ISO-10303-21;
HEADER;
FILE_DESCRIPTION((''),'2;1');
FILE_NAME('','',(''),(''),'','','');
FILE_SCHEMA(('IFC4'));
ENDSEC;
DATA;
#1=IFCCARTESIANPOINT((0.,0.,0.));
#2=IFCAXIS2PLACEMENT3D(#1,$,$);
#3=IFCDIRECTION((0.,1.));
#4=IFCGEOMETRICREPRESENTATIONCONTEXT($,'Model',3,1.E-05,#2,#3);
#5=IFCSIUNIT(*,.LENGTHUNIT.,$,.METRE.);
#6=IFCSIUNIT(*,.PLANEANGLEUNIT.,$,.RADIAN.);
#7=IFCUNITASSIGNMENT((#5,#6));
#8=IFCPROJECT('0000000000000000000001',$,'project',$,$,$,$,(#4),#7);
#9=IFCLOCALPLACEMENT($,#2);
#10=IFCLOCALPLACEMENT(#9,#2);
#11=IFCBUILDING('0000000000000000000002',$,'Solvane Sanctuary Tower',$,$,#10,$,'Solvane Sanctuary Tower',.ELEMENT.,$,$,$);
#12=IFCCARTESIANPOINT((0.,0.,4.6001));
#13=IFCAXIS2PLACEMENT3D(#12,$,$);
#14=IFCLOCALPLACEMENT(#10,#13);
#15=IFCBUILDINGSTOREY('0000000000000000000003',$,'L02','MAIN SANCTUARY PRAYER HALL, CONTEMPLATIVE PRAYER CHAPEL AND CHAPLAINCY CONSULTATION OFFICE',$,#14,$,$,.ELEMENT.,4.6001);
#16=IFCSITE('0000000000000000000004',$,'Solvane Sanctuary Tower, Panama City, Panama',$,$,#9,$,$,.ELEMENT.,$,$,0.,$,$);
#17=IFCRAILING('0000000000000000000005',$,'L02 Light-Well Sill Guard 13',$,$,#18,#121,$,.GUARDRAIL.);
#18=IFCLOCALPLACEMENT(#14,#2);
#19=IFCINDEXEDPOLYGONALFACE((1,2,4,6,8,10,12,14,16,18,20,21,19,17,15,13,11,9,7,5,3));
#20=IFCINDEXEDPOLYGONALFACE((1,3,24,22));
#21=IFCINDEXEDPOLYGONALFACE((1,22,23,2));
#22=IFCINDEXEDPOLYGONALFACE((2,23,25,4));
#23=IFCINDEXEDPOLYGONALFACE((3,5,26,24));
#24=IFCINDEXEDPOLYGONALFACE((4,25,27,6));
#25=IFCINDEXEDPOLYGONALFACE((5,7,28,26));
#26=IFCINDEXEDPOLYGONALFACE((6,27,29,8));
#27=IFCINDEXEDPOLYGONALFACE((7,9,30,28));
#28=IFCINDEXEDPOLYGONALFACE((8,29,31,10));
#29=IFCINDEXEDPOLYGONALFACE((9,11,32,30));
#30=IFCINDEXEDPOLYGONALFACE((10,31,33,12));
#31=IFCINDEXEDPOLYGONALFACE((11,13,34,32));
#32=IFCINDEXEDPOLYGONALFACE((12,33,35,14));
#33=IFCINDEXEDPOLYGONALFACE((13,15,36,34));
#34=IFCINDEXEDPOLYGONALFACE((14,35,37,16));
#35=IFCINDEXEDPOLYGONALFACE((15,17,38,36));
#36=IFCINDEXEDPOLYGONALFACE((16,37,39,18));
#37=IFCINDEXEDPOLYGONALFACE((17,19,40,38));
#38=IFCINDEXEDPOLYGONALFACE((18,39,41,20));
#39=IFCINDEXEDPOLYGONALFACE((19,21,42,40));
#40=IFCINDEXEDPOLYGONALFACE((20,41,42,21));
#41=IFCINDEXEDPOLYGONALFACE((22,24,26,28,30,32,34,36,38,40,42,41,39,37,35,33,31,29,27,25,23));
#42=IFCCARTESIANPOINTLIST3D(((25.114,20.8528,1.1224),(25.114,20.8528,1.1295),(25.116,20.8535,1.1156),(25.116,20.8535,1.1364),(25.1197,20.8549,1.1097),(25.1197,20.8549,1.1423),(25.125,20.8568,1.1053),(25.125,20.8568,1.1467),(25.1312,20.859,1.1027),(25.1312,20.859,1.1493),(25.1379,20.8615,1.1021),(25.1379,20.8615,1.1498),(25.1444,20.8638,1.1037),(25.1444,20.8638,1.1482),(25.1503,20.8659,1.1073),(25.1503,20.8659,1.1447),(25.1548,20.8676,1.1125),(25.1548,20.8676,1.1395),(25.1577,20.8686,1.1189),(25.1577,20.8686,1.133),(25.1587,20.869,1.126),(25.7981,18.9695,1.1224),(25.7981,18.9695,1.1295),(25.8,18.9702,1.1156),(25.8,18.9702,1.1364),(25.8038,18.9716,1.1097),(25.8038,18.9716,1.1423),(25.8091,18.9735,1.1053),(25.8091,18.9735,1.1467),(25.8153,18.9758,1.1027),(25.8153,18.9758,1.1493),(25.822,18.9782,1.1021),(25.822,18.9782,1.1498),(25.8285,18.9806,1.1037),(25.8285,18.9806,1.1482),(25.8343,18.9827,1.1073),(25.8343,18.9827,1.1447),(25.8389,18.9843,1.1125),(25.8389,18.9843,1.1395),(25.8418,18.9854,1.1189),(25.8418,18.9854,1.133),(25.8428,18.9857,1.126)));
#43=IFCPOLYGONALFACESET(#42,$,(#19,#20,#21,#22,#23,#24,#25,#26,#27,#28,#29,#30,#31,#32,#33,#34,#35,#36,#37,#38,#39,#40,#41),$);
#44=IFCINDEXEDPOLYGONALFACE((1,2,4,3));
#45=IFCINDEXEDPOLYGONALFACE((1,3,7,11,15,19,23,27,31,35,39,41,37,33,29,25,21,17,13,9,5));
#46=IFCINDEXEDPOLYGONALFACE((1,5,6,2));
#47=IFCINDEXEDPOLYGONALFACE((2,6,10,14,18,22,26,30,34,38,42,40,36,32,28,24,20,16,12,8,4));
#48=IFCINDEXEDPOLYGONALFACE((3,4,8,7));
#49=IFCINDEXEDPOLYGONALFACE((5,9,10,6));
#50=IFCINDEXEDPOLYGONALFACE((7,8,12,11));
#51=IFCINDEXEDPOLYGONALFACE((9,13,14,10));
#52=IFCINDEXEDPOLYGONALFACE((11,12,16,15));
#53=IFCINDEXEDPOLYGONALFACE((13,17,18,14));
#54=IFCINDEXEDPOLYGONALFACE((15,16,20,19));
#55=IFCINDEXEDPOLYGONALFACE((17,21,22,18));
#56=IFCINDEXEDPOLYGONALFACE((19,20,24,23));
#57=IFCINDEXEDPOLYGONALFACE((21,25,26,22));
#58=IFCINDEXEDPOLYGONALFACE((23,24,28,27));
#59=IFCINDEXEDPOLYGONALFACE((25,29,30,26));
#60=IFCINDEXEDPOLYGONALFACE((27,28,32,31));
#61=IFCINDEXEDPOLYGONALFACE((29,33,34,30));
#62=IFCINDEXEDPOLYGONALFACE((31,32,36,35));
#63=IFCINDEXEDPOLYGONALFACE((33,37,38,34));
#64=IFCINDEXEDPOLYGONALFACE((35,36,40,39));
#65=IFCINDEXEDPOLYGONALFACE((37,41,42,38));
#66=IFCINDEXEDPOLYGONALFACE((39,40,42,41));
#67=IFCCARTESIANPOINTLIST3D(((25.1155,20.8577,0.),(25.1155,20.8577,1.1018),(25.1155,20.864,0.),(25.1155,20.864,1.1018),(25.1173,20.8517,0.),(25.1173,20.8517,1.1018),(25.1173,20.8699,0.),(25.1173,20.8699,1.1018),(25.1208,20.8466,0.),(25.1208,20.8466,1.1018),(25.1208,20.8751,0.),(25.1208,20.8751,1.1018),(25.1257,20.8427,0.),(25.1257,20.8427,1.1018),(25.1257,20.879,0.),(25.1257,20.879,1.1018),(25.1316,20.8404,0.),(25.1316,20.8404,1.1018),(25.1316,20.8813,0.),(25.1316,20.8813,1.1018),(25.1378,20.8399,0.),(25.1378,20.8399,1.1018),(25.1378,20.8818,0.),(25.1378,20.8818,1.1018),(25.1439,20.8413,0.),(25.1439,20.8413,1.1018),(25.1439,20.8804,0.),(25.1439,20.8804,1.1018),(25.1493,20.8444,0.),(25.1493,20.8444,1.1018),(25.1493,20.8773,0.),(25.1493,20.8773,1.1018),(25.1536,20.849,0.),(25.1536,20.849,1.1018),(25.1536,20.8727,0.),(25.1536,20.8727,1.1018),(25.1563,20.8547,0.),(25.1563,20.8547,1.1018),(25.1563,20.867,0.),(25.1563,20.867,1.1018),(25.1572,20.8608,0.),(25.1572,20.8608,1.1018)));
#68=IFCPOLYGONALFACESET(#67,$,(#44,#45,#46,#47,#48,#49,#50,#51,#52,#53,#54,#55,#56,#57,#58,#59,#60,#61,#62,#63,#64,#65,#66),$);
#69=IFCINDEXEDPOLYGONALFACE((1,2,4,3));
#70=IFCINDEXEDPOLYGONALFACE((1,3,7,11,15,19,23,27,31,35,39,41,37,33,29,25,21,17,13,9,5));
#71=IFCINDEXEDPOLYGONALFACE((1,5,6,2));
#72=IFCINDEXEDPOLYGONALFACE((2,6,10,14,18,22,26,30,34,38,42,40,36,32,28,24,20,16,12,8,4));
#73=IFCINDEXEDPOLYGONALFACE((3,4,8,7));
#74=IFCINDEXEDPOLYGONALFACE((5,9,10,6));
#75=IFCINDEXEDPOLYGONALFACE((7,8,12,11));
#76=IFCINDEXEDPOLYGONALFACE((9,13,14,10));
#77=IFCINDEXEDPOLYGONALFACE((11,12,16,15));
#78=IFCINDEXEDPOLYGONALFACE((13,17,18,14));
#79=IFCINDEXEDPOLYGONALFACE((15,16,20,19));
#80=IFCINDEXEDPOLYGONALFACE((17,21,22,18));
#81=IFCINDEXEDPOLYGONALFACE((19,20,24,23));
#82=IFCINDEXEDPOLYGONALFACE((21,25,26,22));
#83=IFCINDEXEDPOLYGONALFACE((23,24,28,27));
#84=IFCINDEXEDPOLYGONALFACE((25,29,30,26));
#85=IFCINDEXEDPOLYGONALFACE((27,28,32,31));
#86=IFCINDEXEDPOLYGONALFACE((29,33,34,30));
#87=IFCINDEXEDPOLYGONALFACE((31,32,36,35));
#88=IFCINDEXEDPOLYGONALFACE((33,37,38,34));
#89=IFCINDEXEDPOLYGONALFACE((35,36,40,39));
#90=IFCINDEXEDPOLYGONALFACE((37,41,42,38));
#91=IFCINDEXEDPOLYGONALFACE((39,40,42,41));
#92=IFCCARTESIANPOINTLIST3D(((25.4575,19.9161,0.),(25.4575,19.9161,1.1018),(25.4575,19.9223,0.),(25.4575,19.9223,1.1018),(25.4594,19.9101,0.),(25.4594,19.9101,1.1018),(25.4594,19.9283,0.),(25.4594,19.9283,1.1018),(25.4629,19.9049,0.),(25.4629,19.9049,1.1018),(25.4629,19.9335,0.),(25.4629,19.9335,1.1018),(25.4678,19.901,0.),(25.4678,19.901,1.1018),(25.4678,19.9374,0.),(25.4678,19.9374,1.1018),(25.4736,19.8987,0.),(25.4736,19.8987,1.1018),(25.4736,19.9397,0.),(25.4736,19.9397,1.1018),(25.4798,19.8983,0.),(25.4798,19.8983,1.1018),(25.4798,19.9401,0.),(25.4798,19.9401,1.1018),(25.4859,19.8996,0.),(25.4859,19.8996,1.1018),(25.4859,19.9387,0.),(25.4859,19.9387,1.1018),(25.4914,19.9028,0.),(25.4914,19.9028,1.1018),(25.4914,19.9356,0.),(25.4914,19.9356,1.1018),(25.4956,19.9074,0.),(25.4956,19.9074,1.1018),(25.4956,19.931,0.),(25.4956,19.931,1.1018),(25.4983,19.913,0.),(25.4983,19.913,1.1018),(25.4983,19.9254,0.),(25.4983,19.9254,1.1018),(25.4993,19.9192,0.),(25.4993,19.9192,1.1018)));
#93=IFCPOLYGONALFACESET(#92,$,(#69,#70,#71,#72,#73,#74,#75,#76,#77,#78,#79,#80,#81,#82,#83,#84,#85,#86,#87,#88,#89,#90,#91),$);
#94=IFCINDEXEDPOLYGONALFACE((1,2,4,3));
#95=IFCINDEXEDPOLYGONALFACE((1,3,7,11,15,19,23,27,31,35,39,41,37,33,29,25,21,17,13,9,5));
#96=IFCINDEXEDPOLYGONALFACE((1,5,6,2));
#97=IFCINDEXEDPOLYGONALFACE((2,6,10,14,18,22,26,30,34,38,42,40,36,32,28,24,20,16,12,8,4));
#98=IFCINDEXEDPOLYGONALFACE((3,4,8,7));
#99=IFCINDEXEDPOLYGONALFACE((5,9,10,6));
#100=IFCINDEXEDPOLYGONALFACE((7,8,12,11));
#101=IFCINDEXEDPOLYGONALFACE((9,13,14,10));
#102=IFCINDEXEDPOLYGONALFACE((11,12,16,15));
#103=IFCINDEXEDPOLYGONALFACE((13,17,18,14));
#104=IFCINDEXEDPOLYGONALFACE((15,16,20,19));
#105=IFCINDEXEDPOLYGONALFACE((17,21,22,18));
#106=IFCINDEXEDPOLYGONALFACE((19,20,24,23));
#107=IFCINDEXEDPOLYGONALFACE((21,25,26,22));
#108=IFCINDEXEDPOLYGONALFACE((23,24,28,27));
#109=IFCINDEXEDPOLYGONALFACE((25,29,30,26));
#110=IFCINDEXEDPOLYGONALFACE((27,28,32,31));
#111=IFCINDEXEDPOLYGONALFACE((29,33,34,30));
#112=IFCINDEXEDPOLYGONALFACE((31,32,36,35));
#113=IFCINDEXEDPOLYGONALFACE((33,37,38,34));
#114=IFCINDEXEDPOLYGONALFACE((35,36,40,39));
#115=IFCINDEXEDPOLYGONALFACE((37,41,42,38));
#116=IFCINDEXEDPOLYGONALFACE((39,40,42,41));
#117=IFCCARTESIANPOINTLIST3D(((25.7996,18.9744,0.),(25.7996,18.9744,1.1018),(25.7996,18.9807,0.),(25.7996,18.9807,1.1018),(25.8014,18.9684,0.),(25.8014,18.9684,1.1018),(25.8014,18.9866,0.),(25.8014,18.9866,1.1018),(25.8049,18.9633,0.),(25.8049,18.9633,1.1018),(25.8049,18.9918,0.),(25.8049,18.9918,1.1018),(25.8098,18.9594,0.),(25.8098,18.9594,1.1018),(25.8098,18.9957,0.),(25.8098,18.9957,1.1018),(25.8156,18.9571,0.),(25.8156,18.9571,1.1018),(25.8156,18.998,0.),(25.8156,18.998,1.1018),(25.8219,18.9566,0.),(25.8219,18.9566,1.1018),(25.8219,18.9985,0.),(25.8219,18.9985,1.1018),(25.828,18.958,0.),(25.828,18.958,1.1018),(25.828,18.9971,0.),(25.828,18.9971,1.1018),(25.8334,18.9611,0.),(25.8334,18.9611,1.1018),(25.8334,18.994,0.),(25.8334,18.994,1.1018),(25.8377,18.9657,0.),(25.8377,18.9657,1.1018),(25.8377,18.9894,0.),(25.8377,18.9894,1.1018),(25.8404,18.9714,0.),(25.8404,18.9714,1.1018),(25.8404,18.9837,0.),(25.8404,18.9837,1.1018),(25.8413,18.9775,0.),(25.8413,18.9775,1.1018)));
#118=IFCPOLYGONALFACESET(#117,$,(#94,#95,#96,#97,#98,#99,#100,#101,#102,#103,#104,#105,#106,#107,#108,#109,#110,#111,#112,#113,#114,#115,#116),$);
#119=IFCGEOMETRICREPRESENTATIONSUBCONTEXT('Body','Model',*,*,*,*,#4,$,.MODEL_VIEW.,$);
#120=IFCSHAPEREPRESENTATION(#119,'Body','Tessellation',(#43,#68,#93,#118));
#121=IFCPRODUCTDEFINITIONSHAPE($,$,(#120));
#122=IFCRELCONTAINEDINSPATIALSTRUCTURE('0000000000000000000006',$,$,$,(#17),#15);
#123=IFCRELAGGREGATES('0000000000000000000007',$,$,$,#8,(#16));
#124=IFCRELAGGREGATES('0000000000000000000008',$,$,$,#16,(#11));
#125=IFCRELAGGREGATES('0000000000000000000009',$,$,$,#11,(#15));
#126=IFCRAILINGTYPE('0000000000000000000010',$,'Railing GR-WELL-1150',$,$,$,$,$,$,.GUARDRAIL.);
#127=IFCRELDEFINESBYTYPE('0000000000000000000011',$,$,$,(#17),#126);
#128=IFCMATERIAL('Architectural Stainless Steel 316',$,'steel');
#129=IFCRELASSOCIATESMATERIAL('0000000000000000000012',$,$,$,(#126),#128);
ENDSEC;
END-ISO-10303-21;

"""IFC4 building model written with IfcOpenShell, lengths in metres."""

from ifc_helpers import new_model, si_unit, direction, frame, origin, origin_2d, place, context, subcontext, project, spatial, circle, extrude, material, type_object, element, save


model = new_model("IFC4")

# Units and contexts
model_context = context("Model", 3, precision=1e-05, world=origin(), true_north=direction((0.0, 1.0)))
body_context = subcontext(model_context, "Body", "Model", "MODEL_VIEW")
ifc_project = project(units=[si_unit("LENGTHUNIT", "METRE"), si_unit("PLANEANGLEUNIT", "RADIAN")], contexts=[model_context])

# Site, building, storey
site_placement = place(None, origin())
site = spatial("IfcSite", under=ifc_project, at=site_placement, Name="Solvane Sanctuary Tower, Panama City, Panama", CompositionType="ELEMENT", RefElevation=0.0)
building_placement = place(site_placement, origin())
building = spatial("IfcBuilding", under=site, at=building_placement, Name="Solvane Sanctuary Tower", LongName="Solvane Sanctuary Tower", CompositionType="ELEMENT")
storey_placement = place(building_placement, frame((0.0, 0.0, 4.6001)))
storey = spatial("IfcBuildingStorey", under=building, at=storey_placement, Name="L02", Description="MAIN SANCTUARY PRAYER HALL, CONTEMPLATIVE PRAYER CHAPEL AND CHAPLAINCY CONSULTATION OFFICE", CompositionType="ELEMENT", Elevation=4.6001)

# Shared definitions
ifc_material_1 = material(Name="Architectural Stainless Steel 316", Category="steel")

# Railing
railing_type = type_object("IfcRailingType", Name="Railing GR-WELL-1150", PredefinedType="GUARDRAIL", material=ifc_material_1)
railing_1_placement = place(storey_placement, frame((25.1362, 20.8608, 0.0)))
element("IfcRailing", 1, at=railing_1_placement, inside=storey, type_object=railing_type, Name="L02 Light-Well Sill Guard 13", PredefinedType="GUARDRAIL", context=body_context, shape_type="SweptSolid", body=[
    extrude(circle(Radius=0.0239, at=origin_2d()), frame((0.0, 0.0, 1.126), z_axis=(0.34141, -0.939914, 0.0), x_axis=(0.939914, 0.34141, 0.0)), (0.0, 0.0, 1.0), 2.0037),
    extrude(circle(Radius=0.021, at=origin_2d()), origin(), (0.0, 0.0, 1.0), 1.1018),
    extrude(circle(Radius=0.021, at=origin_2d()), frame((0.342, -0.9417, 0.0)), (0.0, 0.0, 1.0), 1.1018),
    extrude(circle(Radius=0.021, at=origin_2d()), frame((0.6841, -1.8833, 0.0)), (0.0, 0.0, 1.0), 1.1018),
])

save(model, "model.ifc")
